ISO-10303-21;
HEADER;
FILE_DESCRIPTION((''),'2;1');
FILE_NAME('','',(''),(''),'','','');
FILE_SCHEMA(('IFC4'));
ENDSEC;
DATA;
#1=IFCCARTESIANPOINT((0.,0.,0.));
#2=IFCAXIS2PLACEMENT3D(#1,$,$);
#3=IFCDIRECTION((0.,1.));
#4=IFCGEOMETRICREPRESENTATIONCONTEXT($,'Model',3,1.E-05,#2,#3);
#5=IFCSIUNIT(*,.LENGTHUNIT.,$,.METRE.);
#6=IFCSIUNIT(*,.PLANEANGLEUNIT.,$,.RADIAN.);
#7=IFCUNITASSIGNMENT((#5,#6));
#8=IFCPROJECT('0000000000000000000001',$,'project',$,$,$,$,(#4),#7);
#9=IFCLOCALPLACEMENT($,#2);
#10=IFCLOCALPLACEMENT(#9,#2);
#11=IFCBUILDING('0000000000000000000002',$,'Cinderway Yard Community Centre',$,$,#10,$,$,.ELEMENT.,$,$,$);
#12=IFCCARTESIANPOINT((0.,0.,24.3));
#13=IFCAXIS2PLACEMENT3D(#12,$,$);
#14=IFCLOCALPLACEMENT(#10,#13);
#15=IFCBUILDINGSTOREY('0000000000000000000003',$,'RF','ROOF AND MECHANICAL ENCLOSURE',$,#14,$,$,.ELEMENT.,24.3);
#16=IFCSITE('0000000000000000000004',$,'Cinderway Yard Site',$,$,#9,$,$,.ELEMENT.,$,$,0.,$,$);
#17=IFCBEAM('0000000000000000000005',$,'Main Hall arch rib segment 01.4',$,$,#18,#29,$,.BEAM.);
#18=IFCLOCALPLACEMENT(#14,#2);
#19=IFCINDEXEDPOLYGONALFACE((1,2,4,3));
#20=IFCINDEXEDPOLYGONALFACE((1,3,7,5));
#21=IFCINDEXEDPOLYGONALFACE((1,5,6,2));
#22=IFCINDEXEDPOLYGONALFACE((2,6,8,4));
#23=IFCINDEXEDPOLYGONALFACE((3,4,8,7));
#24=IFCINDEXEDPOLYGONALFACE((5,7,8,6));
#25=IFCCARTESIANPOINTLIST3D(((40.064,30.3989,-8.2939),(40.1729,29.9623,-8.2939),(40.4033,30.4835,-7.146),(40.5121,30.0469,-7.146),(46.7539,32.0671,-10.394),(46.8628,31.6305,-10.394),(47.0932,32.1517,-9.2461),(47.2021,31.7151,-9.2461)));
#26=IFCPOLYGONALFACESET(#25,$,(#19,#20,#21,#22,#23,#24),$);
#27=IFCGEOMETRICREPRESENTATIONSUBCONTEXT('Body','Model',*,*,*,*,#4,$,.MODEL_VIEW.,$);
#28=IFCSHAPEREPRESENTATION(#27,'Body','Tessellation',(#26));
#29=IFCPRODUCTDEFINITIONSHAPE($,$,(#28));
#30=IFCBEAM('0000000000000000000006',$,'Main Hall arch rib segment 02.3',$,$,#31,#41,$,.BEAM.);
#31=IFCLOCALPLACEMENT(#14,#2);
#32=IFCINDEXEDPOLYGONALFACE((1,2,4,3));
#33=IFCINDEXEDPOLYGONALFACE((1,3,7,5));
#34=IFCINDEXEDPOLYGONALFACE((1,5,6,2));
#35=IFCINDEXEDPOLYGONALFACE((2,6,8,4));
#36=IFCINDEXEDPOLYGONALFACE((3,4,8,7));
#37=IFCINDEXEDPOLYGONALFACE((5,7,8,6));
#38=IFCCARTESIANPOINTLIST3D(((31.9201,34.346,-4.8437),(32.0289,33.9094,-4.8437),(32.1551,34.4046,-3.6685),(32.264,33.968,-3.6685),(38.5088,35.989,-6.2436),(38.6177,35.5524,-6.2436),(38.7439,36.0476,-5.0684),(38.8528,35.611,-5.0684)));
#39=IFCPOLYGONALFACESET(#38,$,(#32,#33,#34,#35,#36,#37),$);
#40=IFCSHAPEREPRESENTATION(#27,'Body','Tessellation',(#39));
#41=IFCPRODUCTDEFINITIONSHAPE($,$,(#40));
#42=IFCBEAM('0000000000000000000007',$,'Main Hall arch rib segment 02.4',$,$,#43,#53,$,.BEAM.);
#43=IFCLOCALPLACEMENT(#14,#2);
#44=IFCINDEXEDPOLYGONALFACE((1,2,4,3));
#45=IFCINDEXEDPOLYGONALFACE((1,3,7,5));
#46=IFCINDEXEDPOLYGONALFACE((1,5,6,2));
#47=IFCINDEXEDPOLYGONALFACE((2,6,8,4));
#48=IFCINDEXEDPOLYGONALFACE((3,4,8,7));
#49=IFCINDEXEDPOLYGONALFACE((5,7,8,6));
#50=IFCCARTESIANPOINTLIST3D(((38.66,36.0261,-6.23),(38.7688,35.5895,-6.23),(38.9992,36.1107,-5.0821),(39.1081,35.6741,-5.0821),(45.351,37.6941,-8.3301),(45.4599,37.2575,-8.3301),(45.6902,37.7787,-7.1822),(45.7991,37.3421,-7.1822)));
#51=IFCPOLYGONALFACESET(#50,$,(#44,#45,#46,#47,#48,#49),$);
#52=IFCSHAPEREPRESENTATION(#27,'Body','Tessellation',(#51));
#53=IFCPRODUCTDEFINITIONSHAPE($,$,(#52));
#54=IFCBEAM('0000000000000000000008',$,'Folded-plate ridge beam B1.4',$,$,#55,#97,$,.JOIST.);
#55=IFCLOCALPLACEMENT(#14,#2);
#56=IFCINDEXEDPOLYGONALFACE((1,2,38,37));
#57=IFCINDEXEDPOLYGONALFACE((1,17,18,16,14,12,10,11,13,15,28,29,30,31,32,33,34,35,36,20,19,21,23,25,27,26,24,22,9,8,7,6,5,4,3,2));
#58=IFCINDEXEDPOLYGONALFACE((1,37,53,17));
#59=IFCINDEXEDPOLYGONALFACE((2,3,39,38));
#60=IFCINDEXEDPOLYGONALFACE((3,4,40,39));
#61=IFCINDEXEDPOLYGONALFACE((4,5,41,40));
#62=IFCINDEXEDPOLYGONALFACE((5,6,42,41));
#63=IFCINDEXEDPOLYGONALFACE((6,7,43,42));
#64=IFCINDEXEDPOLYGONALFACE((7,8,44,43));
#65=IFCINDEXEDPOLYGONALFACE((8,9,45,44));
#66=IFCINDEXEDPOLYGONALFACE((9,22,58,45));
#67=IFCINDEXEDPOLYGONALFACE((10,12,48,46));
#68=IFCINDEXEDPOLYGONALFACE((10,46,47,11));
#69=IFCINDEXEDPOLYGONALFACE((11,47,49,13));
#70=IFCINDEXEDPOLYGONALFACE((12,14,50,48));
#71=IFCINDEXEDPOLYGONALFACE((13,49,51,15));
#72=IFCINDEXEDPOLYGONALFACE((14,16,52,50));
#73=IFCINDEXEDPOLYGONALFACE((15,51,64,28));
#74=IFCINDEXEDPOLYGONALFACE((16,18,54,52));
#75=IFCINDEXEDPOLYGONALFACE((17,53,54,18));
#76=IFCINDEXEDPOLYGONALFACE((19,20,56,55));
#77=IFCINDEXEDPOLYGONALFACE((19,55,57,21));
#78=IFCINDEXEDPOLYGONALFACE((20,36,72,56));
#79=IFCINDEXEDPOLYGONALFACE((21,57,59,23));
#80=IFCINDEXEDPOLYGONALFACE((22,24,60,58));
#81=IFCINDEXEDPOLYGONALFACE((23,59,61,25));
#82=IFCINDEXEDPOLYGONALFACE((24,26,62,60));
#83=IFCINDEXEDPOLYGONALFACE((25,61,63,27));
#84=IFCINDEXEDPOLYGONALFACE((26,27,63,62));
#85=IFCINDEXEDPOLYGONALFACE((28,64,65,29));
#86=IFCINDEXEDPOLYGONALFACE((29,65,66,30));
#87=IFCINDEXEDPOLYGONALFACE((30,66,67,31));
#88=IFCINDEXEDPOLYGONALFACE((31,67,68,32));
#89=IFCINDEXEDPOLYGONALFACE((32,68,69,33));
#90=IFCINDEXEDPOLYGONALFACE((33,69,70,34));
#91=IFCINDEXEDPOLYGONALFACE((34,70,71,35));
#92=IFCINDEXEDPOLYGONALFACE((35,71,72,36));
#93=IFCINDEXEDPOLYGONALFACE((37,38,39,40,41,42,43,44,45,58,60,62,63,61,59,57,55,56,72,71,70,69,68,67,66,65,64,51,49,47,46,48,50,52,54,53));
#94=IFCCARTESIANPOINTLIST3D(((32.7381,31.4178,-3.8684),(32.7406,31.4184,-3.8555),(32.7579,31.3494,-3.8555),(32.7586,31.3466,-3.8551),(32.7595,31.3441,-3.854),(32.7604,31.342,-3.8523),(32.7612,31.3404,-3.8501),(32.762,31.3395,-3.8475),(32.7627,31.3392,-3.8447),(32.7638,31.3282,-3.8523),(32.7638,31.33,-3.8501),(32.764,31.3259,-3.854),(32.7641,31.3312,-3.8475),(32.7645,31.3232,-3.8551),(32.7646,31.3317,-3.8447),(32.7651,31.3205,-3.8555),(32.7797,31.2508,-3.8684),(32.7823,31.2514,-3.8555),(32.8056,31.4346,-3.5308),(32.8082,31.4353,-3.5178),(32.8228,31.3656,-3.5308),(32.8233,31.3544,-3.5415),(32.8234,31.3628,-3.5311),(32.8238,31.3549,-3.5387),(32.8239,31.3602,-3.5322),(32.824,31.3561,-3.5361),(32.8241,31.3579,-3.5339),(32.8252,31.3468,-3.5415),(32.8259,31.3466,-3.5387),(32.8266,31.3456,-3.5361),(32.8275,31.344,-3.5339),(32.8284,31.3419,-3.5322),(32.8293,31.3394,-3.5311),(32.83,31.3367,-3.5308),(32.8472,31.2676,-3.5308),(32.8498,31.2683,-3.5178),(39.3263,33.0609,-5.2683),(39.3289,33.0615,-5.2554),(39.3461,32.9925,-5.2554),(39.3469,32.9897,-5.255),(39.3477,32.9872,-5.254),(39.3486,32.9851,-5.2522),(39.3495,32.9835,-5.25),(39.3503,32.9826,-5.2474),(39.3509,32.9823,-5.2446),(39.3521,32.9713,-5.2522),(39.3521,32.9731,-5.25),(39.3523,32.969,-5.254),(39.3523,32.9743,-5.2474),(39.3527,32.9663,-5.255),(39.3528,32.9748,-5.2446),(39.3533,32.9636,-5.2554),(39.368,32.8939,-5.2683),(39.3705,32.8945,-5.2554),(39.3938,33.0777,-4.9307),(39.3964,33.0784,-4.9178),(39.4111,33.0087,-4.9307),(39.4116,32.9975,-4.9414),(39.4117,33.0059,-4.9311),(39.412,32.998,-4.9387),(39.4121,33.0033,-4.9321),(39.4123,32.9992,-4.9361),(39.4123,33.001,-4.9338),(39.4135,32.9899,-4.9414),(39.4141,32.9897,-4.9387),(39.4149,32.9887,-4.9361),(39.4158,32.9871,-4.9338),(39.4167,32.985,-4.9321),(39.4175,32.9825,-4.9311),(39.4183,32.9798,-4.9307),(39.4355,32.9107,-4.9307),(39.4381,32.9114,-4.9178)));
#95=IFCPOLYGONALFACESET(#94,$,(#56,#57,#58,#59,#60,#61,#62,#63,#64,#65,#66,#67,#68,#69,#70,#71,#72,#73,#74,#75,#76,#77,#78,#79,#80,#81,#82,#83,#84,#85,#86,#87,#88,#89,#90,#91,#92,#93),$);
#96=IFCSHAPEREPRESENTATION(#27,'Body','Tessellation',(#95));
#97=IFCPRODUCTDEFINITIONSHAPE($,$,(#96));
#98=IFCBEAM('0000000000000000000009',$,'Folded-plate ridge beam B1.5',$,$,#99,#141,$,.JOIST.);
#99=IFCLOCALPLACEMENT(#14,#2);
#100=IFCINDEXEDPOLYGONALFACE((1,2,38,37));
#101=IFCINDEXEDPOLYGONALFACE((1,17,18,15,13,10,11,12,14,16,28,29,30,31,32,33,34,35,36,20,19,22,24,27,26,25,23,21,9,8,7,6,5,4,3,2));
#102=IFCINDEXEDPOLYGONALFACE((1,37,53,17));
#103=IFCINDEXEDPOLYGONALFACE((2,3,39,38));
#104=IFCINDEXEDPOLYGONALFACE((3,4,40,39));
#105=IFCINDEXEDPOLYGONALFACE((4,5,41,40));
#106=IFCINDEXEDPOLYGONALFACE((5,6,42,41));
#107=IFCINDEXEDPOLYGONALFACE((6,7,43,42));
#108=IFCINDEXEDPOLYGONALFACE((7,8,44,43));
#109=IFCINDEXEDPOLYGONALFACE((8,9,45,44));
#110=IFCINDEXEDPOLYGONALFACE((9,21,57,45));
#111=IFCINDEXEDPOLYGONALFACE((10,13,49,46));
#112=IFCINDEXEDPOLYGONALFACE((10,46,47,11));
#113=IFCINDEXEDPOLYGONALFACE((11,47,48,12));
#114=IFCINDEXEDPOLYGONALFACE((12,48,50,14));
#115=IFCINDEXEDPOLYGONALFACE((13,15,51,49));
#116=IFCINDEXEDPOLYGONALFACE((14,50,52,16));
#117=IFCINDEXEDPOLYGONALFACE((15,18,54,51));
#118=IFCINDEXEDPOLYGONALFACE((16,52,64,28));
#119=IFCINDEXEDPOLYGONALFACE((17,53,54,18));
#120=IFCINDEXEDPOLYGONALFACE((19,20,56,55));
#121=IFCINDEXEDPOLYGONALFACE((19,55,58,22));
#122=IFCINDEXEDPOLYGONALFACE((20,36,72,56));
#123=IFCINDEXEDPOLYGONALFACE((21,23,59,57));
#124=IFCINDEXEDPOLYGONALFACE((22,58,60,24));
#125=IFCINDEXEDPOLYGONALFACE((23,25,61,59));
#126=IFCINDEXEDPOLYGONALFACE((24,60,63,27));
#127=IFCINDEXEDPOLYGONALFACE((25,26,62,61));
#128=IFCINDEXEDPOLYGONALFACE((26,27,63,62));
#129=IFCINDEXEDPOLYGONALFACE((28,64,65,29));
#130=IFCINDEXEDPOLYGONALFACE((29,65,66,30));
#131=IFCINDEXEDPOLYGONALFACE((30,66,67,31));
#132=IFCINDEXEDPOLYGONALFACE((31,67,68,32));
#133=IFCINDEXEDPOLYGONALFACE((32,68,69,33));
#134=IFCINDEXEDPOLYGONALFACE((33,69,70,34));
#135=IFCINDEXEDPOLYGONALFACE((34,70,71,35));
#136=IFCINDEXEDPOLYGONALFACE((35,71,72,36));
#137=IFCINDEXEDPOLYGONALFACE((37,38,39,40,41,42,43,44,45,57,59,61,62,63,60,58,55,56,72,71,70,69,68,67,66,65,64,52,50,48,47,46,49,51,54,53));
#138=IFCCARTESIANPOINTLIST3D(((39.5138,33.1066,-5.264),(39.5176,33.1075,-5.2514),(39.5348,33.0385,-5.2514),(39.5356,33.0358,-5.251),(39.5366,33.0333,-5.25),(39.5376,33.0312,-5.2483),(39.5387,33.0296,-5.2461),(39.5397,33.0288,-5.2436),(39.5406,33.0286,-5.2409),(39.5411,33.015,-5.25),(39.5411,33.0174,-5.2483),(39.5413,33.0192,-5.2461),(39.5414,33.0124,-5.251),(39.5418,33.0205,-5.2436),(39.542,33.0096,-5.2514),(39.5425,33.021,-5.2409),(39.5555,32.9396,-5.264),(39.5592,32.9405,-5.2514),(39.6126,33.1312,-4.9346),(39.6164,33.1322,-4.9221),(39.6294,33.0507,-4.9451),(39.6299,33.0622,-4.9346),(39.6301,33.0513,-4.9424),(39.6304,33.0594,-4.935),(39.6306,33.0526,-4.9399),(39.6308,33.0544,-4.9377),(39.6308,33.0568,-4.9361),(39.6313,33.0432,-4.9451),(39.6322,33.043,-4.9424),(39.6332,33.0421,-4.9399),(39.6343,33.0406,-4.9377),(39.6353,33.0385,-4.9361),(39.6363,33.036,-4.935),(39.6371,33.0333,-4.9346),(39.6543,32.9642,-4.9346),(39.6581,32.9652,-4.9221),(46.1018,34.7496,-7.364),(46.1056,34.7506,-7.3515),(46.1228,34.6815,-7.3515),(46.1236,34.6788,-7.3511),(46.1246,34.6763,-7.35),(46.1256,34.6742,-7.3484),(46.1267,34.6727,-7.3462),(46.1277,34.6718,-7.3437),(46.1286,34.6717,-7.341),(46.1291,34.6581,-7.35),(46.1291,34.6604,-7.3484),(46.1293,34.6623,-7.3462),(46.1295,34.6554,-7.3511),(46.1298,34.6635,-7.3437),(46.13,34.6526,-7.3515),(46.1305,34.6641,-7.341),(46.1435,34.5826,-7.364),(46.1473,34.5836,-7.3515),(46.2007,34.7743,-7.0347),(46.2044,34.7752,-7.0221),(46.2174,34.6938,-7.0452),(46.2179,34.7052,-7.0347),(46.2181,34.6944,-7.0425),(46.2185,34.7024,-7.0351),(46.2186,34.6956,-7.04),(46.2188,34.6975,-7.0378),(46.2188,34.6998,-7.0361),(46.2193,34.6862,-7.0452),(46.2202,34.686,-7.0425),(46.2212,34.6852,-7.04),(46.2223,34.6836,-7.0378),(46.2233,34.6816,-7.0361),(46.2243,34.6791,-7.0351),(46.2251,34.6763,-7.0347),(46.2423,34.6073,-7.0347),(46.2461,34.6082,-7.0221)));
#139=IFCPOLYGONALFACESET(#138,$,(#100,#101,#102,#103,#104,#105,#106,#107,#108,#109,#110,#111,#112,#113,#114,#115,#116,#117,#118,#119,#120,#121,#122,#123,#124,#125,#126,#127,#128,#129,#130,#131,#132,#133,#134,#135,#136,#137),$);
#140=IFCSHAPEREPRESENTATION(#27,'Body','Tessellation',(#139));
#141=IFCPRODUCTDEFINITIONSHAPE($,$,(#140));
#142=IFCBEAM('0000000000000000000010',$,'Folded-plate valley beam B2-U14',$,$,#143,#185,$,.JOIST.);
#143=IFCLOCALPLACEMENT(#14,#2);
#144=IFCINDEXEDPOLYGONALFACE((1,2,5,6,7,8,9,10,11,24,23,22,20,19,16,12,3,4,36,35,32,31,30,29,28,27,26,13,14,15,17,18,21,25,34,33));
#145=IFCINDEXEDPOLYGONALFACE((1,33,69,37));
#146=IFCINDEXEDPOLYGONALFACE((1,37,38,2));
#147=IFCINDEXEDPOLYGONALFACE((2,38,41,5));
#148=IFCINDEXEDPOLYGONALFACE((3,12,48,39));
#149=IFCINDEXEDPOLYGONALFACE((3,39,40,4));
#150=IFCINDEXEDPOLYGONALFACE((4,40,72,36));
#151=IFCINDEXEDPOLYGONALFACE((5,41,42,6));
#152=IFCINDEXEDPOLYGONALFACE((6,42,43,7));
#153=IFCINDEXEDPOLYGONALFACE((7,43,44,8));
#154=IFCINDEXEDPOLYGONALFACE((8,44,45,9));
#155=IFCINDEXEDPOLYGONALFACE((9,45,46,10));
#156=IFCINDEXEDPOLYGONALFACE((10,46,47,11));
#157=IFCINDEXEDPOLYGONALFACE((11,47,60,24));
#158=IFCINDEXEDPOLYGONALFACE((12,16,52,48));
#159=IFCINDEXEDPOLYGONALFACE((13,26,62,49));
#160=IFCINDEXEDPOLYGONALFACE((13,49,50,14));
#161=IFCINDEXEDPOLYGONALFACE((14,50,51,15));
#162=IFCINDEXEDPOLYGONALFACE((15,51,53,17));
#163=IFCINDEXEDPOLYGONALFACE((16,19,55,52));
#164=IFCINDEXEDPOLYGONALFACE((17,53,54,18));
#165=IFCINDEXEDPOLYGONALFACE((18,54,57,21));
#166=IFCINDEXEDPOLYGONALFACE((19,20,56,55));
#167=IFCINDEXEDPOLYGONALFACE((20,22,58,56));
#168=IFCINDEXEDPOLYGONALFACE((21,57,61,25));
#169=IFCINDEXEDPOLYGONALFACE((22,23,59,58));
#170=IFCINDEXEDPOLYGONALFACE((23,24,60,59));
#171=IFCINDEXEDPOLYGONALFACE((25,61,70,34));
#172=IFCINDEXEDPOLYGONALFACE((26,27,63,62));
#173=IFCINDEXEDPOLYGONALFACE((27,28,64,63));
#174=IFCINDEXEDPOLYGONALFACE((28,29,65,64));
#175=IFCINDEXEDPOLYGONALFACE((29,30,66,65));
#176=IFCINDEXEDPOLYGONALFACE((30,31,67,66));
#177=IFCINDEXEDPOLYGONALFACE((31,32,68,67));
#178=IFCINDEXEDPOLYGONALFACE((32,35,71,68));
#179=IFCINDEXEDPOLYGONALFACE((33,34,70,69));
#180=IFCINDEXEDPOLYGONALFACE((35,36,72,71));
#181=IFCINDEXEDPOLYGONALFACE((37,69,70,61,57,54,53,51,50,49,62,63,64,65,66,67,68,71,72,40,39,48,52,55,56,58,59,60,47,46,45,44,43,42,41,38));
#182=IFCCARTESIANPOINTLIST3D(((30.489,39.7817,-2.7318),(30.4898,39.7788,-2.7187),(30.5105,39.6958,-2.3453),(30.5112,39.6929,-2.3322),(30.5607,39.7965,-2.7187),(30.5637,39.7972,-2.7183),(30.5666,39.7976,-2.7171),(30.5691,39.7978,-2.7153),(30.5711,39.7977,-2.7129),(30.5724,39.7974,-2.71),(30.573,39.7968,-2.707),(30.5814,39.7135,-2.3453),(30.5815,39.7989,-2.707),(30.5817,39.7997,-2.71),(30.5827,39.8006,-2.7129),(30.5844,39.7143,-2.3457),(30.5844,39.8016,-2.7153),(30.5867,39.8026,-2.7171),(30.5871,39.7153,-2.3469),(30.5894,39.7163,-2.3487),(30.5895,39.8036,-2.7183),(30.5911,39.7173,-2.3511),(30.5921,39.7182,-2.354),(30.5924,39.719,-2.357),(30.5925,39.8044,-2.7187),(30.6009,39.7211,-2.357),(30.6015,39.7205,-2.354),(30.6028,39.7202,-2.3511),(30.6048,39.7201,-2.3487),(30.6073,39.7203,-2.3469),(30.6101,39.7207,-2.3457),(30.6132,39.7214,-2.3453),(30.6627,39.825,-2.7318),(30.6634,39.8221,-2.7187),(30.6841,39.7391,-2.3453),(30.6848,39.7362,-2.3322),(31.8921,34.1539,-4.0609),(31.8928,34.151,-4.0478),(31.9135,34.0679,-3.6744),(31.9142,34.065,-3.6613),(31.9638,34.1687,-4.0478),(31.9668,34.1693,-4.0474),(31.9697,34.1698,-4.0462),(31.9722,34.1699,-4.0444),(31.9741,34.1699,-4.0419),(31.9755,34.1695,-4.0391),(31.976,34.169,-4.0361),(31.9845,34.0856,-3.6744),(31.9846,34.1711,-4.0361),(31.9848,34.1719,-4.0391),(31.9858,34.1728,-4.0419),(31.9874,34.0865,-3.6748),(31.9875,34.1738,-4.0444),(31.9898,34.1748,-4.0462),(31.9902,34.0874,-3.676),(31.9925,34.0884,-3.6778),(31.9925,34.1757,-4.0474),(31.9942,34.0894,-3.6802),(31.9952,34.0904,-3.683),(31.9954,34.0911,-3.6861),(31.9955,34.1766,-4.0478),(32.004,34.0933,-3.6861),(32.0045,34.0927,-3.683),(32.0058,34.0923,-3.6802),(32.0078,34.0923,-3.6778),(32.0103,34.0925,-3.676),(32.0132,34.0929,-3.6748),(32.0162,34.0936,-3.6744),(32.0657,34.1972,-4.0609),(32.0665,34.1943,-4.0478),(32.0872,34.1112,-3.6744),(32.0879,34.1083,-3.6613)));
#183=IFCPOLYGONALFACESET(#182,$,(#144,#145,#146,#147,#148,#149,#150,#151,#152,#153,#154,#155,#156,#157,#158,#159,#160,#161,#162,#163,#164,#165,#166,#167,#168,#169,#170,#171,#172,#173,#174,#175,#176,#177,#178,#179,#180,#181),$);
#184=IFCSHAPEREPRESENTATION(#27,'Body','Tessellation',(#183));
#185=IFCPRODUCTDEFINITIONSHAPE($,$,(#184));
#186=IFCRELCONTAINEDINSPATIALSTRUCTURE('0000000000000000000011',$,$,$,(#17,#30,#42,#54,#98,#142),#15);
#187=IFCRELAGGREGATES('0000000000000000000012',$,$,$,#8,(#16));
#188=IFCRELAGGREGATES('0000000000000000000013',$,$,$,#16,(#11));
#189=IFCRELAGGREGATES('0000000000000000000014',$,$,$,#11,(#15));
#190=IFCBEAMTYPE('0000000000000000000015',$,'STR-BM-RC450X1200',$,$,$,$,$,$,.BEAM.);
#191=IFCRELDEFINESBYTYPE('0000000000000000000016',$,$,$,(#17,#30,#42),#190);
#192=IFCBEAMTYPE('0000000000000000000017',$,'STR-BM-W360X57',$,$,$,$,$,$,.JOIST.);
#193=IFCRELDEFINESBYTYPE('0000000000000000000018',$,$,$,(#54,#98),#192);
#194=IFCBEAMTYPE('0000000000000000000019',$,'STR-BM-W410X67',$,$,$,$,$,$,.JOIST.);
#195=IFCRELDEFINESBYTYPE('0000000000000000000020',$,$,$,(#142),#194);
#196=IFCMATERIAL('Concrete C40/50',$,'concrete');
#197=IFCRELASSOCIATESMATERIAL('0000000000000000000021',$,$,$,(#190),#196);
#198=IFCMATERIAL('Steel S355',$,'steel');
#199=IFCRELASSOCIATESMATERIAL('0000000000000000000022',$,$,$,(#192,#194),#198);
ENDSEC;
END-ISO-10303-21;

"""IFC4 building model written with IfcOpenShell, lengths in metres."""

from ifc_helpers import new_model, si_unit, direction, frame, origin, origin_2d, place, context, subcontext, project, spatial, rectangle, i_section, extrude, material, material_profile, profile_set, type_object, element, save


model = new_model("IFC4")

# Units and contexts
model_context = context("Model", 3, precision=1e-05, world=origin(), true_north=direction((0.0, 1.0)))
body_context = subcontext(model_context, "Body", "Model", "MODEL_VIEW")
ifc_project = project(units=[si_unit("LENGTHUNIT", "METRE"), si_unit("PLANEANGLEUNIT", "RADIAN")], contexts=[model_context])

# Site, building, storey
site_placement = place(None, origin())
site = spatial("IfcSite", under=ifc_project, at=site_placement, Name="Cinderway Yard Site", CompositionType="ELEMENT", RefElevation=0.0)
building_placement = place(site_placement, origin())
building = spatial("IfcBuilding", under=site, at=building_placement, Name="Cinderway Yard Community Centre", CompositionType="ELEMENT")
storey_placement = place(building_placement, frame((0.0, 0.0, 24.3)))
storey = spatial("IfcBuildingStorey", under=building, at=storey_placement, Name="RF", Description="ROOF AND MECHANICAL ENCLOSURE", CompositionType="ELEMENT", Elevation=24.3)

# Beams
ifc_material_1 = material(Name="Concrete C40/50", Category="concrete")
ifc_material_profile_1 = material_profile(ifc_material_1, rectangle(XDim=0.45, YDim=1.2, at=origin_2d()), Name="Concrete C40/50")
ifc_profile_set_1 = profile_set([ifc_material_profile_1], Name="Concrete C40/50")
beam_type_1 = type_object("IfcBeamType", Name="STR-BM-RC450X1200", PredefinedType="BEAM", material=ifc_profile_set_1)
beam_1_placement = place(storey_placement, frame((40.2881, 30.2229, -7.72), z_axis=(0.928186, 0.231454, -0.291375), x_axis=(-0.241952, 0.970288, 0.0)))
element("IfcBeam", 1, at=beam_1_placement, inside=storey, type_object=beam_type_1, Name="Main Hall arch rib segment 01.4", PredefinedType="BEAM", context=body_context, shape_type="SweptSolid", body=[
    extrude(rectangle(XDim=0.45, YDim=1.2, at=origin_2d()), origin(), (0.0, 0.0, 1.0), 7.2075),
])
beam_2_placement = place(storey_placement, frame((32.092, 34.157, -4.2561), z_axis=(0.950303, 0.236977, -0.201906), x_axis=(-0.24196, 0.970286, 0.0)))
element("IfcBeam", 2, at=beam_2_placement, inside=storey, type_object=beam_type_1, Name="Main Hall arch rib segment 02.3", PredefinedType="BEAM", context=body_context, shape_type="SweptSolid", body=[
    extrude(rectangle(XDim=0.45, YDim=1.2, at=origin_2d()), origin(), (0.0, 0.0, 1.0), 6.9333),
])
beam_3_placement = place(storey_placement, frame((38.884, 35.8501, -5.656), z_axis=(0.928212, 0.231393, -0.291341), x_axis=(-0.241886, 0.970305, 0.0)))
element("IfcBeam", 3, at=beam_3_placement, inside=storey, type_object=beam_type_1, Name="Main Hall arch rib segment 02.4", PredefinedType="BEAM", context=body_context, shape_type="SweptSolid", body=[
    extrude(rectangle(XDim=0.45, YDim=1.2, at=origin_2d()), origin(), (0.0, 0.0, 1.0), 7.2085),
])
ifc_material_2 = material(Name="Steel S355", Category="steel")
ifc_material_profile_2 = material_profile(ifc_material_2, i_section(OverallWidth=0.1721, OverallDepth=0.3579, WebThickness=0.0078, FlangeThickness=0.0132, FilletRadius=0.011, at=origin_2d()), Name="Steel S355")
ifc_profile_set_2 = profile_set([ifc_material_profile_2], Name="Steel S355")
beam_type_2 = type_object("IfcBeamType", Name="STR-BM-W360X57", PredefinedType="JOIST", material=ifc_profile_set_2)
beam_4_placement = place(storey_placement, frame((32.7939, 31.343, -3.6931), z_axis=(0.950293, 0.237001, -0.201926), x_axis=(-0.241986, 0.97028, 0.0)))
element("IfcBeam", 4, at=beam_4_placement, inside=storey, type_object=beam_type_2, Name="Folded-plate ridge beam B1.4", PredefinedType="JOIST", context=body_context, shape_type="SweptSolid", body=[
    extrude(i_section(OverallWidth=0.1721, OverallDepth=0.3579, WebThickness=0.0078, FlangeThickness=0.0132, FilletRadius=0.011, at=origin_2d()), origin(), (0.0, 0.0, 1.0), 6.9329),
])
beam_5_placement = place(storey_placement, frame((39.5859, 33.0359, -5.093), z_axis=(0.926954, 0.23118, -0.295485), x_axis=(-0.241986, 0.97028, 0.0)))
element("IfcBeam", 5, at=beam_5_placement, inside=storey, type_object=beam_type_2, Name="Folded-plate ridge beam B1.5", PredefinedType="JOIST", context=body_context, shape_type="SweptSolid", body=[
    extrude(i_section(OverallWidth=0.1721, OverallDepth=0.3579, WebThickness=0.0078, FlangeThickness=0.0132, FilletRadius=0.011, at=origin_2d()), origin(), (0.0, 0.0, 1.0), 7.1072),
])
ifc_material_profile_3 = material_profile(ifc_material_2, i_section(OverallWidth=0.179, OverallDepth=0.4099, WebThickness=0.0088, FlangeThickness=0.0134, FilletRadius=0.012, at=origin_2d()), Name="Steel S355")
ifc_profile_set_3 = profile_set([ifc_material_profile_3], Name="Steel S355")
beam_type_3 = type_object("IfcBeamType", Name="STR-BM-W410X67", PredefinedType="JOIST", material=ifc_profile_set_3)
beam_6_placement = place(storey_placement, frame((31.99, 34.1311, -3.8611), z_axis=(-0.23579, 0.945787, 0.223359), x_axis=(-0.970301, -0.241902, 0.0)))
element("IfcBeam", 6, at=beam_6_placement, inside=storey, type_object=beam_type_3, Name="Folded-plate valley beam B2-U14", PredefinedType="JOIST", context=body_context, shape_type="SweptSolid", body=[
    extrude(i_section(OverallWidth=0.179, OverallDepth=0.4099, WebThickness=0.0088, FlangeThickness=0.0134, FilletRadius=0.012, at=origin_2d()), origin(), (0.0, 0.0, 1.0), 5.9504),
])

save(model, "model.ifc")
